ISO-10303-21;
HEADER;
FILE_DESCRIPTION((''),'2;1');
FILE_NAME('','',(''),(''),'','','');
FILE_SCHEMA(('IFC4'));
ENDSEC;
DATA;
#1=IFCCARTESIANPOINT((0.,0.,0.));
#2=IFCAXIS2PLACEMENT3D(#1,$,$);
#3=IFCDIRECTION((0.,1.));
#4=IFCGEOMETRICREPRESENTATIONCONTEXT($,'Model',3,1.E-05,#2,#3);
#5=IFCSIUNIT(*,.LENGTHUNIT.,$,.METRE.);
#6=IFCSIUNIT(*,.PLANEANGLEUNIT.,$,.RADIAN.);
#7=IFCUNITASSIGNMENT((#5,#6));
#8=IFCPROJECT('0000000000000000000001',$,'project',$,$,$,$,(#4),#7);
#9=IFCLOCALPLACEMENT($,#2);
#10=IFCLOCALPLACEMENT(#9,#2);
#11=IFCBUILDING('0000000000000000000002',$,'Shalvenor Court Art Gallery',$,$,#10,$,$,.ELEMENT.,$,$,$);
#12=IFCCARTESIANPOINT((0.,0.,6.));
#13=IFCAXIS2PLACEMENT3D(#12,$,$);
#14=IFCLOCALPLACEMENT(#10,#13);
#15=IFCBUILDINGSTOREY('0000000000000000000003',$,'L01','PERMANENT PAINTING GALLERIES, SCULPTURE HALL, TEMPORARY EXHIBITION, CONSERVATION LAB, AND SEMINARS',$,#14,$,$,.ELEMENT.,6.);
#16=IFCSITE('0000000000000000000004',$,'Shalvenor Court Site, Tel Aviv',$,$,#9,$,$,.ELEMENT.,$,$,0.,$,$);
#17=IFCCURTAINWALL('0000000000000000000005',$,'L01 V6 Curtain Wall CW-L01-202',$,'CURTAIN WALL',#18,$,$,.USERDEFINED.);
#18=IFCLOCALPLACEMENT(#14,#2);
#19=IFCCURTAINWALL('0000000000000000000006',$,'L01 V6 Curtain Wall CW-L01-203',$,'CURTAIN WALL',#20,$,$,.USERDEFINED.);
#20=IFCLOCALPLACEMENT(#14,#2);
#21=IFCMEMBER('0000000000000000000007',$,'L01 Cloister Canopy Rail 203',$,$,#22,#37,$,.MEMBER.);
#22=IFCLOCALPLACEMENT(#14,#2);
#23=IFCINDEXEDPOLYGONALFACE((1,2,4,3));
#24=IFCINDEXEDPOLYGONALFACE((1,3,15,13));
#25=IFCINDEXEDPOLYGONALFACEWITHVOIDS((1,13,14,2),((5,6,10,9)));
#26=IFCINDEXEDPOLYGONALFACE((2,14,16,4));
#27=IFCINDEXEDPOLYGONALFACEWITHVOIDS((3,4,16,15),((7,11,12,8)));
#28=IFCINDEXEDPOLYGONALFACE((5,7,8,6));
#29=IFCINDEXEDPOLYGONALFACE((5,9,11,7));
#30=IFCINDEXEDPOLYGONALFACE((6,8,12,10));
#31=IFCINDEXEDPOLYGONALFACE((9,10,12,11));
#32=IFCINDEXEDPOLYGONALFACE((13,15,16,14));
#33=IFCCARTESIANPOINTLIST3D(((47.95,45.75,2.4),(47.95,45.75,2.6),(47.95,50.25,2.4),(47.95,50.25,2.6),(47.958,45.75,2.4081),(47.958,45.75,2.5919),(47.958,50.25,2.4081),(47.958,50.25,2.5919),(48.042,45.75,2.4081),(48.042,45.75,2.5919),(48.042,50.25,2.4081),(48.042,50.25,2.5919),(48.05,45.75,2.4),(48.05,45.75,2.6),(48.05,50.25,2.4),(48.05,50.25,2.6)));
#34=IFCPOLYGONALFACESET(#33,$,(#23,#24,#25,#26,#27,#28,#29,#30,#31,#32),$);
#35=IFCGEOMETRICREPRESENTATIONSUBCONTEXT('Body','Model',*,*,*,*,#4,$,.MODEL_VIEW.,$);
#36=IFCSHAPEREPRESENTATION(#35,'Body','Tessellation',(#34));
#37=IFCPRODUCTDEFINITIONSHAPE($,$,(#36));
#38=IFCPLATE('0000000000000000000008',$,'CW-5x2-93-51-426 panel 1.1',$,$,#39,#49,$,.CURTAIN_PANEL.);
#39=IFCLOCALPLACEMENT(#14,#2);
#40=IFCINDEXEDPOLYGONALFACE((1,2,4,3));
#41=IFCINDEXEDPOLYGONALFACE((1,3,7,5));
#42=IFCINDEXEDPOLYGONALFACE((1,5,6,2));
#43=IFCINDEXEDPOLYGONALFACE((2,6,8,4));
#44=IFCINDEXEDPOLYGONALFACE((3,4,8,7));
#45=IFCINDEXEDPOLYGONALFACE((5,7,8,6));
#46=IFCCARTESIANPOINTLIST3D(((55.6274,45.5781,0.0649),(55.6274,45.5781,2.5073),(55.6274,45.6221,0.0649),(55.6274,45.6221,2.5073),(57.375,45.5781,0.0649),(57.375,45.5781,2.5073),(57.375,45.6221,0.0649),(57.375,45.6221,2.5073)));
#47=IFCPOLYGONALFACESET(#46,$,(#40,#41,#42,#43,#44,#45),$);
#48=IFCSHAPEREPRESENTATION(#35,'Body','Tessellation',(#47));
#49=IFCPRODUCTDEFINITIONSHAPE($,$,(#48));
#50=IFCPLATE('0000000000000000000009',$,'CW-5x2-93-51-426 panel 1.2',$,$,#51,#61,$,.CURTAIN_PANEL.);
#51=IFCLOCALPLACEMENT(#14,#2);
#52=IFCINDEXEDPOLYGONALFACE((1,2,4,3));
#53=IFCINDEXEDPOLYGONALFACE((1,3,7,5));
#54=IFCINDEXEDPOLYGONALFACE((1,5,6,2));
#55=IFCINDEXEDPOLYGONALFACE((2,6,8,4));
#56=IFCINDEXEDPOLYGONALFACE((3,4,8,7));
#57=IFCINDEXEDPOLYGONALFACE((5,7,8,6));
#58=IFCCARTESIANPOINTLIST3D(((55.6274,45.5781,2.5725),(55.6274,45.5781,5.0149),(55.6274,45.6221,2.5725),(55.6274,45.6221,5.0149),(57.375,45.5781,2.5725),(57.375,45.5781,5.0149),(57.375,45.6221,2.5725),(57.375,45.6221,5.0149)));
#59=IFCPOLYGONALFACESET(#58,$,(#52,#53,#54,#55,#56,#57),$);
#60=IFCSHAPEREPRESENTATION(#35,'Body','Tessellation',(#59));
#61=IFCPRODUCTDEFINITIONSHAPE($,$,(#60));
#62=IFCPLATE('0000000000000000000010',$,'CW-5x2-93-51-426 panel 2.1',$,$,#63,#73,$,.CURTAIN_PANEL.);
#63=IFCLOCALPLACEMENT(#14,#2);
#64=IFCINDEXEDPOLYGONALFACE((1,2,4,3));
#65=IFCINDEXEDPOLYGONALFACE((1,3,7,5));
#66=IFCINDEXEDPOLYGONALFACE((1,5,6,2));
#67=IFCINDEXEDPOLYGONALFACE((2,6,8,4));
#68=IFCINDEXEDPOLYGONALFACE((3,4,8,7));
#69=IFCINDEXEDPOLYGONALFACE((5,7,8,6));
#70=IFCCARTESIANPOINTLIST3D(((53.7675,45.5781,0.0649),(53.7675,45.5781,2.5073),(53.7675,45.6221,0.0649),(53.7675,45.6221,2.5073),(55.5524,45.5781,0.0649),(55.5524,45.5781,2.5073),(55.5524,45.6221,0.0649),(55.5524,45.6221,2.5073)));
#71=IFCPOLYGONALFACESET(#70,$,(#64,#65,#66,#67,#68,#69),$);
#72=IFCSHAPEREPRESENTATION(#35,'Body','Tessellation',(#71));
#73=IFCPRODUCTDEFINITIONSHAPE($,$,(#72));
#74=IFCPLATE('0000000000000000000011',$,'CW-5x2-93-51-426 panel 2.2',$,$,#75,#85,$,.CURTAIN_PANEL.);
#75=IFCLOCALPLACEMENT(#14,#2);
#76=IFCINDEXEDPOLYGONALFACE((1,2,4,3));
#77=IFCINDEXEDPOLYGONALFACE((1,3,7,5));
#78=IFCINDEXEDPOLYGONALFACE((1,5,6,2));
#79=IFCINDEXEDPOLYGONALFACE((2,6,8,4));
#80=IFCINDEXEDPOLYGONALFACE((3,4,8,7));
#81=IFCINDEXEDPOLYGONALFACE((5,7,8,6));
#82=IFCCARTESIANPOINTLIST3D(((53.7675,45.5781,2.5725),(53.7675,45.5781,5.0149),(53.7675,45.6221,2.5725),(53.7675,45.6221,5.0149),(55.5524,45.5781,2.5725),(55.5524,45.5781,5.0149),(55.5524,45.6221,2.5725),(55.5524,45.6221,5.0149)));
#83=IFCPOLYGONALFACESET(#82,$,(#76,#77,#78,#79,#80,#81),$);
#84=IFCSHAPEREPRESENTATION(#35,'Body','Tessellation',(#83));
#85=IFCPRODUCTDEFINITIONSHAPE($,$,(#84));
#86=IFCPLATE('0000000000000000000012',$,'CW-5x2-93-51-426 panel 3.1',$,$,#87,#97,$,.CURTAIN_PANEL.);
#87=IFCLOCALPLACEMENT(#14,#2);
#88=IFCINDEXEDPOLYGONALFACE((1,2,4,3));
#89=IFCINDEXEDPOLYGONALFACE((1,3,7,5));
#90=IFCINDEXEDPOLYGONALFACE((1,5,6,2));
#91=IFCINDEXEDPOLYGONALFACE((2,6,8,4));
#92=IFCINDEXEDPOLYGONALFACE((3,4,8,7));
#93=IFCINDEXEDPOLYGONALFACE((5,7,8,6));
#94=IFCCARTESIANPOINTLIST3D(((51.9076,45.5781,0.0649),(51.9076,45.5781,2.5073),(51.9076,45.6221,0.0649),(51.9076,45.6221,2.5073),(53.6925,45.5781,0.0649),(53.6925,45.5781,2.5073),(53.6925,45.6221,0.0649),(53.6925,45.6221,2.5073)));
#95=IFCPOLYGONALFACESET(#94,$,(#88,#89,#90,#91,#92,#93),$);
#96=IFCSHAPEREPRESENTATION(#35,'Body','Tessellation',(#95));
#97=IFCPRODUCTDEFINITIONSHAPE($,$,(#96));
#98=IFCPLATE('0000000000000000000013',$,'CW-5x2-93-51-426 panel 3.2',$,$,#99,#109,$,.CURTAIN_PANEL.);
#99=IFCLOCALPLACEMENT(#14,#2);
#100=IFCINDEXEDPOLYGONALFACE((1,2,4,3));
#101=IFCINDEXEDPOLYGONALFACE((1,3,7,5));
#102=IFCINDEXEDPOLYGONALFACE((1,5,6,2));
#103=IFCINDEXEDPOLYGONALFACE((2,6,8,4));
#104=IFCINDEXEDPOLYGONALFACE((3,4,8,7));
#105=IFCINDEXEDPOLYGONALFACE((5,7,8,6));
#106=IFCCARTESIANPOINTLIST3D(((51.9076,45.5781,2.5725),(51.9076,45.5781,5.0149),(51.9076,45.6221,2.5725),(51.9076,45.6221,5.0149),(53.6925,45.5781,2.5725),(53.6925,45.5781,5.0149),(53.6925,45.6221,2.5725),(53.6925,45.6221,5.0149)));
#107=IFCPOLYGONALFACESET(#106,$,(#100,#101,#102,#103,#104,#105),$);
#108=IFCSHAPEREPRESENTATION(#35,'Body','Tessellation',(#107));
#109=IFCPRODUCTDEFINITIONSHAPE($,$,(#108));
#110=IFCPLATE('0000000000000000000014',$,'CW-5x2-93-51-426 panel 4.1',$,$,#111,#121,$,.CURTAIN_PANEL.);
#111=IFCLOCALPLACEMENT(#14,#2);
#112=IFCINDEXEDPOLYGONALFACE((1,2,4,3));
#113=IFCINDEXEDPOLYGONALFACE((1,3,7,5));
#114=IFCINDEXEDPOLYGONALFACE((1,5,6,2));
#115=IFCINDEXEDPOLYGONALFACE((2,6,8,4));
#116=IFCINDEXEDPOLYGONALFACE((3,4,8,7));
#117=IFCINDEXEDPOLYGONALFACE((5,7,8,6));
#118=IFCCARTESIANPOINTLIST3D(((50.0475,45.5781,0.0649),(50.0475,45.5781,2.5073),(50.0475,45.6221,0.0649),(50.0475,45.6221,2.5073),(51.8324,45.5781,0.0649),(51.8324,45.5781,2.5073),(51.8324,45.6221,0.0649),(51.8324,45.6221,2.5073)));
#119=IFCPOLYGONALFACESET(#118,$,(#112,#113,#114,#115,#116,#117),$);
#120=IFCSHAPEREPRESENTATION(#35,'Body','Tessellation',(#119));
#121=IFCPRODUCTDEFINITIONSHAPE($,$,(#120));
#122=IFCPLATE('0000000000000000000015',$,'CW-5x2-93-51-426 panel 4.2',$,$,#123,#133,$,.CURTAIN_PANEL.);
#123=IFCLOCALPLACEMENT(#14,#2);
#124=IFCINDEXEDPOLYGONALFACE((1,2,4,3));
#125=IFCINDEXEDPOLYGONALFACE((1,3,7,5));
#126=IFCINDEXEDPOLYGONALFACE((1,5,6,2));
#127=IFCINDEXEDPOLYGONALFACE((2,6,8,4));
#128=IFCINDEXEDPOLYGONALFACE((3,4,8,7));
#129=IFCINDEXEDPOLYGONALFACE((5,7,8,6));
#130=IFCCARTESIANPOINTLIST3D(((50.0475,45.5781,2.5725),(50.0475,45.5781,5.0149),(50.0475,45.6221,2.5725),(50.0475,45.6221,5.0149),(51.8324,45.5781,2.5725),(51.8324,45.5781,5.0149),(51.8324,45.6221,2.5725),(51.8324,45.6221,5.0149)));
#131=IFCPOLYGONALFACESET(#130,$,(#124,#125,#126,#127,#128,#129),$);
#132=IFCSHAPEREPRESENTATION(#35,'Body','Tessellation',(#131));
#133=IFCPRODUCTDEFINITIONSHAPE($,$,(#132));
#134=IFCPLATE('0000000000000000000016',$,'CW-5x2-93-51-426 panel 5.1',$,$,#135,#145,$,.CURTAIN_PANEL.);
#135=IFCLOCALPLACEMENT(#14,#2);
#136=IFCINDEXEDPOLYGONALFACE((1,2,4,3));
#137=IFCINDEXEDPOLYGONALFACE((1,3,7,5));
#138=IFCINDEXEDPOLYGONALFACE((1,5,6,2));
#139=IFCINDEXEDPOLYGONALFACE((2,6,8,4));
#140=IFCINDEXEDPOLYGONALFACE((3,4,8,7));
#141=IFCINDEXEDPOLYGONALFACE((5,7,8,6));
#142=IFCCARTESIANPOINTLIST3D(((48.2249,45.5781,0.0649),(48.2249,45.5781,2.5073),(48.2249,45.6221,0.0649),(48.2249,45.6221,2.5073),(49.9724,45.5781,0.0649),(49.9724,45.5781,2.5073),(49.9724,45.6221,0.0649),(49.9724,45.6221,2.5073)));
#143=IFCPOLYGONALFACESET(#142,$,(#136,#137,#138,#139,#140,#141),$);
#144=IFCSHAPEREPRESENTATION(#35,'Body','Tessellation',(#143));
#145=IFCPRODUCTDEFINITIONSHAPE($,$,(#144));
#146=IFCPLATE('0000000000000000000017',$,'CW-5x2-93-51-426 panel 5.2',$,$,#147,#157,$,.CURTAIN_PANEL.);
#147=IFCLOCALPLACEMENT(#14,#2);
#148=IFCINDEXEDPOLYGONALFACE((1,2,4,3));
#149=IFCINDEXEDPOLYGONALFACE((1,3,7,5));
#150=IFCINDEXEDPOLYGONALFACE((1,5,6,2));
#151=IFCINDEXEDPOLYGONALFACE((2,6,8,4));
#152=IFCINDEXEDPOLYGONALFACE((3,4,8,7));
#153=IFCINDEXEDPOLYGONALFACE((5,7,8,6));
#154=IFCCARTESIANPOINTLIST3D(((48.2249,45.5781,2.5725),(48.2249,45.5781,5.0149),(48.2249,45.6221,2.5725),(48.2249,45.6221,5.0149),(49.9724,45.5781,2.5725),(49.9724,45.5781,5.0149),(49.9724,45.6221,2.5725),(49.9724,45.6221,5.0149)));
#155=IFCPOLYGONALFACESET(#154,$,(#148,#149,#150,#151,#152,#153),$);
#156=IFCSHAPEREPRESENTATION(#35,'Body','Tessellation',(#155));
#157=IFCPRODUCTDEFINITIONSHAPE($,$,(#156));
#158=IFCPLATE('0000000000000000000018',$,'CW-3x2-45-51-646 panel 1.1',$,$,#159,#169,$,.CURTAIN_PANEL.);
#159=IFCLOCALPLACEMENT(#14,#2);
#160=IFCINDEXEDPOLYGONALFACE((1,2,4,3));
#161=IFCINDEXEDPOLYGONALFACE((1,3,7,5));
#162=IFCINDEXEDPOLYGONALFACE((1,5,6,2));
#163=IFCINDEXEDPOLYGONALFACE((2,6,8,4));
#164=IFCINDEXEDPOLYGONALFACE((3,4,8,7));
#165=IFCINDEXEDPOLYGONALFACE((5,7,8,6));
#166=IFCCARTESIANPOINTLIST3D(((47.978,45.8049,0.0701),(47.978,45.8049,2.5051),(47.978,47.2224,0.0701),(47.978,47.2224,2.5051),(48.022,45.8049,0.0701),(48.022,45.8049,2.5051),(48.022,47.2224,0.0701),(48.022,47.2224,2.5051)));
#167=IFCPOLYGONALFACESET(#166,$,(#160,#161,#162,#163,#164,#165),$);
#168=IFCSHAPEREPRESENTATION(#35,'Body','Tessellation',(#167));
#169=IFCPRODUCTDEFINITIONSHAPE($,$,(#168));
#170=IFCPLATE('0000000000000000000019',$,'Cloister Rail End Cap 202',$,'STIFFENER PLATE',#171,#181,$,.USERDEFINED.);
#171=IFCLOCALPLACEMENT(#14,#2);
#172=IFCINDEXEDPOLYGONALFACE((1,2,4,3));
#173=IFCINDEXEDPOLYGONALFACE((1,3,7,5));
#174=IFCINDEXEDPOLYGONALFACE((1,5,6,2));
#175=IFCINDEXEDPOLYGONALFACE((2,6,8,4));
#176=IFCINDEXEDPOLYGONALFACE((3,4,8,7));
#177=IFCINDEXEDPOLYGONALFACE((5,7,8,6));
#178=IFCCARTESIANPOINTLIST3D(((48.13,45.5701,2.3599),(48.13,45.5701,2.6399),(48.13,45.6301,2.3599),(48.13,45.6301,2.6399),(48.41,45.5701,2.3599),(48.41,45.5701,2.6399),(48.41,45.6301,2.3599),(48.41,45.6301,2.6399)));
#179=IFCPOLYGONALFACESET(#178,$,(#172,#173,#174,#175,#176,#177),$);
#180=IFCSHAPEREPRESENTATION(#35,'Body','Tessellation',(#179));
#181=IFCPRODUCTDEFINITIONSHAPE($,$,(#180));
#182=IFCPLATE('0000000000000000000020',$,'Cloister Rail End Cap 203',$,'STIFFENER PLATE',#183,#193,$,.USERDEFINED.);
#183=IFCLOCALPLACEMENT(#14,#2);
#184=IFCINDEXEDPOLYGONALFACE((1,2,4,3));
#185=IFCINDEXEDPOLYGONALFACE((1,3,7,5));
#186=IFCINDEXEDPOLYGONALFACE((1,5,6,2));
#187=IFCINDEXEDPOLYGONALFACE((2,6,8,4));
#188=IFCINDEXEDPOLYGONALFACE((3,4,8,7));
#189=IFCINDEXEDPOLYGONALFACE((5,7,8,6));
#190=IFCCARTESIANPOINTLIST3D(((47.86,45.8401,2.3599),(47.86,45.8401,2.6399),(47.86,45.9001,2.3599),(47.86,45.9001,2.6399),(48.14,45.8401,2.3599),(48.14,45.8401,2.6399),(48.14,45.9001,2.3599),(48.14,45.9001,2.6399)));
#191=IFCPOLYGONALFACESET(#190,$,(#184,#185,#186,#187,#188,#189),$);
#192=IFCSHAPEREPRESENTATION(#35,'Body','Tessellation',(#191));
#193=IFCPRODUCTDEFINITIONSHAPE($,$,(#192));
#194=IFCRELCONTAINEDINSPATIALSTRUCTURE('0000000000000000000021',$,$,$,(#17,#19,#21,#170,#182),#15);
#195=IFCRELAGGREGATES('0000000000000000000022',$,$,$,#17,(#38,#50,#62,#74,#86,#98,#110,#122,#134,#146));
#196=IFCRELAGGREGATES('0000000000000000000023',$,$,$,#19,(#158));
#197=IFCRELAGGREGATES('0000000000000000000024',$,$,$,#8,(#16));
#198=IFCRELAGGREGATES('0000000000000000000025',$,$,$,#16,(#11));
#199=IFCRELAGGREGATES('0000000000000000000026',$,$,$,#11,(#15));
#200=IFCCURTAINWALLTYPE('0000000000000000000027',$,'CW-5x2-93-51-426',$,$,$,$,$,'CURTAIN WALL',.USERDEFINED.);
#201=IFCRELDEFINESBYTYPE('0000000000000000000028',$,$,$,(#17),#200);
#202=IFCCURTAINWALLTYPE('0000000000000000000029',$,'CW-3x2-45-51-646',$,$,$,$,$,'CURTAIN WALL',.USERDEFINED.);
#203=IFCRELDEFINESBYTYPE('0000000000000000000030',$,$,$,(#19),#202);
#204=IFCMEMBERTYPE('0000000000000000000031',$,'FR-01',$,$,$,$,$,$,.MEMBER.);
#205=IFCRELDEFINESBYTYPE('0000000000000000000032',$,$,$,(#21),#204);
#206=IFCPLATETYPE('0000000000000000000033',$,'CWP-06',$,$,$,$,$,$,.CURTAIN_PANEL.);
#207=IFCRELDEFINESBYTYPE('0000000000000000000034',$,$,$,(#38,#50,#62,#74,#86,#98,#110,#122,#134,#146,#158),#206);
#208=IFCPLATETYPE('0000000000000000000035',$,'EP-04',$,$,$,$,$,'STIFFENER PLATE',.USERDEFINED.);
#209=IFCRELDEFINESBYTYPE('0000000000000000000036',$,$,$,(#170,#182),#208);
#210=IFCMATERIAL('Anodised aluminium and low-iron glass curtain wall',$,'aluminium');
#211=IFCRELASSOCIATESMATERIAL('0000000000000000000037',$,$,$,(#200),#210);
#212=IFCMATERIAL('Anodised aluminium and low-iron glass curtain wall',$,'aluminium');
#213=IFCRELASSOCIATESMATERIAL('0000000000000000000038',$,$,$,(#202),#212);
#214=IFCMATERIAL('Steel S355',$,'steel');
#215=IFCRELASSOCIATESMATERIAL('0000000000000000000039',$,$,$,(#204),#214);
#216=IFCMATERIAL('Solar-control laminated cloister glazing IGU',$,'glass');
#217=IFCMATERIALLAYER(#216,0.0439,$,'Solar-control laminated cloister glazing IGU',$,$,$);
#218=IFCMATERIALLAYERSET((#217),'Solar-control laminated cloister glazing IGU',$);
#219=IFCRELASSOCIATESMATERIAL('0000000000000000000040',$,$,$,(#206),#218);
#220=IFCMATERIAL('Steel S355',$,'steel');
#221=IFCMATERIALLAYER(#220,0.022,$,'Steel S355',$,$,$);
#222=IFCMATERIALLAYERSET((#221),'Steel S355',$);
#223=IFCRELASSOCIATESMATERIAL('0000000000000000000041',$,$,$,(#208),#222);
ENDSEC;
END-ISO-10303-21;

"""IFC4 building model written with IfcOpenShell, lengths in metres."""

from ifc_helpers import new_model, si_unit, direction, frame, origin, origin_2d, place, context, subcontext, project, spatial, rectangle, hollow_rectangle, extrude, material, layer, layer_set, material_profile, profile_set, type_object, element, aggregate, save


model = new_model("IFC4")

# Units and contexts
model_context = context("Model", 3, precision=1e-05, world=origin(), true_north=direction((0.0, 1.0)))
body_context = subcontext(model_context, "Body", "Model", "MODEL_VIEW")
ifc_project = project(units=[si_unit("LENGTHUNIT", "METRE"), si_unit("PLANEANGLEUNIT", "RADIAN")], contexts=[model_context])

# Site, building, storey
site_placement = place(None, origin())
site = spatial("IfcSite", under=ifc_project, at=site_placement, Name="Shalvenor Court Site, Tel Aviv", CompositionType="ELEMENT", RefElevation=0.0)
building_placement = place(site_placement, origin())
building = spatial("IfcBuilding", under=site, at=building_placement, Name="Shalvenor Court Art Gallery", CompositionType="ELEMENT")
storey_placement = place(building_placement, frame((0.0, 0.0, 6.0)))
storey = spatial("IfcBuildingStorey", under=building, at=storey_placement, Name="L01", Description="PERMANENT PAINTING GALLERIES, SCULPTURE HALL, TEMPORARY EXHIBITION, CONSERVATION LAB, AND SEMINARS", CompositionType="ELEMENT", Elevation=6.0)

# Curtain walls
ifc_material_1 = material(Name="Anodised aluminium and low-iron glass curtain wall", Category="aluminium")
curtain_wall_type_1 = type_object("IfcCurtainWallType", Name="CW-5x2-93-51-426", ElementType="CURTAIN WALL", PredefinedType="USERDEFINED", material=ifc_material_1)
curtain_wall_1_placement = place(storey_placement, origin())
curtain_wall_1 = element("IfcCurtainWall", 1, at=curtain_wall_1_placement, inside=storey, type_object=curtain_wall_type_1, Name="L01 V6 Curtain Wall CW-L01-202", ObjectType="CURTAIN WALL", PredefinedType="USERDEFINED")
ifc_material_2 = material(Name="Anodised aluminium and low-iron glass curtain wall", Category="aluminium")
curtain_wall_type_2 = type_object("IfcCurtainWallType", Name="CW-3x2-45-51-646", ElementType="CURTAIN WALL", PredefinedType="USERDEFINED", material=ifc_material_2)
curtain_wall_2_placement = place(storey_placement, origin())
curtain_wall_2 = element("IfcCurtainWall", 2, at=curtain_wall_2_placement, inside=storey, type_object=curtain_wall_type_2, Name="L01 V6 Curtain Wall CW-L01-203", ObjectType="CURTAIN WALL", PredefinedType="USERDEFINED")

# Member
ifc_material_3 = material(Name="Steel S355", Category="steel")
ifc_material_profile_1 = material_profile(ifc_material_3, hollow_rectangle(XDim=0.1001, YDim=0.2, WallThickness=0.0081, at=origin_2d()), Name="RHS 200x100x8.0")
ifc_profile_set_1 = profile_set([ifc_material_profile_1], Name="Steel S355")
member_type_1 = type_object("IfcMemberType", Name="FR-01", PredefinedType="MEMBER", material=ifc_profile_set_1)
member_1_placement = place(storey_placement, frame((48.0, 45.75, 2.5), z_axis=(0.0, 1.0, 0.0), x_axis=(-1.0, 0.0, 0.0)))
element("IfcMember", 3, at=member_1_placement, inside=storey, type_object=member_type_1, Name="L01 Cloister Canopy Rail 203", PredefinedType="MEMBER", context=body_context, shape_type="SweptSolid", body=[
    extrude(hollow_rectangle(XDim=0.1001, YDim=0.2, WallThickness=0.0081, at=origin_2d()), origin(), (0.0, 0.0, 1.0), 4.5),
])

# Plates
ifc_material_4 = material(Name="Solar-control laminated cloister glazing IGU", Category="glass")
ifc_layer_1 = layer(ifc_material_4, 0.0439, Name="Solar-control laminated cloister glazing IGU")
ifc_layer_set_1 = layer_set([ifc_layer_1], Name="Solar-control laminated cloister glazing IGU")
plate_type_1 = type_object("IfcPlateType", Name="CWP-06", PredefinedType="CURTAIN_PANEL", material=ifc_layer_set_1)
plate_1_placement = place(storey_placement, frame((56.5012, 45.6001, 0.0649), z_axis=(0.0, 0.0, 1.0), x_axis=(-1.0, 0.0, 0.0)))
plate_1 = element("IfcPlate", 4, at=plate_1_placement, type_object=plate_type_1, Name="CW-5x2-93-51-426 panel 1.1", PredefinedType="CURTAIN_PANEL", context=body_context, shape_type="SweptSolid", body=[
    extrude(rectangle(XDim=1.7476, YDim=0.0439, at=origin_2d()), origin(), (0.0, 0.0, 1.0), 2.4424),
])
plate_2_placement = place(storey_placement, frame((56.5012, 45.6001, 2.5725), z_axis=(0.0, 0.0, 1.0), x_axis=(-1.0, 0.0, 0.0)))
plate_2 = element("IfcPlate", 5, at=plate_2_placement, type_object=plate_type_1, Name="CW-5x2-93-51-426 panel 1.2", PredefinedType="CURTAIN_PANEL", context=body_context, shape_type="SweptSolid", body=[
    extrude(rectangle(XDim=1.7476, YDim=0.0439, at=origin_2d()), origin(), (0.0, 0.0, 1.0), 2.4424),
])
plate_3_placement = place(storey_placement, frame((54.6599, 45.6001, 0.0649), z_axis=(0.0, 0.0, 1.0), x_axis=(-1.0, 0.0, 0.0)))
plate_3 = element("IfcPlate", 6, at=plate_3_placement, type_object=plate_type_1, Name="CW-5x2-93-51-426 panel 2.1", PredefinedType="CURTAIN_PANEL", context=body_context, shape_type="SweptSolid", body=[
    extrude(rectangle(XDim=1.7849, YDim=0.0439, at=origin_2d()), origin(), (0.0, 0.0, 1.0), 2.4424),
])
plate_4_placement = place(storey_placement, frame((54.6599, 45.6001, 2.5725), z_axis=(0.0, 0.0, 1.0), x_axis=(-1.0, 0.0, 0.0)))
plate_4 = element("IfcPlate", 7, at=plate_4_placement, type_object=plate_type_1, Name="CW-5x2-93-51-426 panel 2.2", PredefinedType="CURTAIN_PANEL", context=body_context, shape_type="SweptSolid", body=[
    extrude(rectangle(XDim=1.7849, YDim=0.0439, at=origin_2d()), origin(), (0.0, 0.0, 1.0), 2.4424),
])
plate_5_placement = place(storey_placement, frame((52.8, 45.6001, 0.0649), z_axis=(0.0, 0.0, 1.0), x_axis=(-1.0, 0.0, 0.0)))
plate_5 = element("IfcPlate", 8, at=plate_5_placement, type_object=plate_type_1, Name="CW-5x2-93-51-426 panel 3.1", PredefinedType="CURTAIN_PANEL", context=body_context, shape_type="SweptSolid", body=[
    extrude(rectangle(XDim=1.7849, YDim=0.0439, at=origin_2d()), origin(), (0.0, 0.0, 1.0), 2.4424),
])
plate_6_placement = place(storey_placement, frame((52.8, 45.6001, 2.5725), z_axis=(0.0, 0.0, 1.0), x_axis=(-1.0, 0.0, 0.0)))
plate_6 = element("IfcPlate", 9, at=plate_6_placement, type_object=plate_type_1, Name="CW-5x2-93-51-426 panel 3.2", PredefinedType="CURTAIN_PANEL", context=body_context, shape_type="SweptSolid", body=[
    extrude(rectangle(XDim=1.7849, YDim=0.0439, at=origin_2d()), origin(), (0.0, 0.0, 1.0), 2.4424),
])
plate_7_placement = place(storey_placement, frame((50.9399, 45.6001, 0.0649), z_axis=(0.0, 0.0, 1.0), x_axis=(-1.0, 0.0, 0.0)))
plate_7 = element("IfcPlate", 10, at=plate_7_placement, type_object=plate_type_1, Name="CW-5x2-93-51-426 panel 4.1", PredefinedType="CURTAIN_PANEL", context=body_context, shape_type="SweptSolid", body=[
    extrude(rectangle(XDim=1.7849, YDim=0.0439, at=origin_2d()), origin(), (0.0, 0.0, 1.0), 2.4424),
])
plate_8_placement = place(storey_placement, frame((50.9399, 45.6001, 2.5725), z_axis=(0.0, 0.0, 1.0), x_axis=(-1.0, 0.0, 0.0)))
plate_8 = element("IfcPlate", 11, at=plate_8_placement, type_object=plate_type_1, Name="CW-5x2-93-51-426 panel 4.2", PredefinedType="CURTAIN_PANEL", context=body_context, shape_type="SweptSolid", body=[
    extrude(rectangle(XDim=1.7849, YDim=0.0439, at=origin_2d()), origin(), (0.0, 0.0, 1.0), 2.4424),
])
plate_9_placement = place(storey_placement, frame((49.0986, 45.6001, 0.0649), z_axis=(0.0, 0.0, 1.0), x_axis=(-1.0, 0.0, 0.0)))
plate_9 = element("IfcPlate", 12, at=plate_9_placement, type_object=plate_type_1, Name="CW-5x2-93-51-426 panel 5.1", PredefinedType="CURTAIN_PANEL", context=body_context, shape_type="SweptSolid", body=[
    extrude(rectangle(XDim=1.7476, YDim=0.0439, at=origin_2d()), origin(), (0.0, 0.0, 1.0), 2.4424),
])
plate_10_placement = place(storey_placement, frame((49.0986, 45.6001, 2.5725), z_axis=(0.0, 0.0, 1.0), x_axis=(-1.0, 0.0, 0.0)))
plate_10 = element("IfcPlate", 13, at=plate_10_placement, type_object=plate_type_1, Name="CW-5x2-93-51-426 panel 5.2", PredefinedType="CURTAIN_PANEL", context=body_context, shape_type="SweptSolid", body=[
    extrude(rectangle(XDim=1.7476, YDim=0.0439, at=origin_2d()), origin(), (0.0, 0.0, 1.0), 2.4424),
])
aggregate(curtain_wall_1, [plate_1, plate_2, plate_3, plate_4, plate_5, plate_6, plate_7, plate_8, plate_9, plate_10])
plate_11_placement = place(storey_placement, frame((48.0, 46.5137, 0.0701), z_axis=(0.0, 0.0, 1.0), x_axis=(0.0, 1.0, 0.0)))
plate_11 = element("IfcPlate", 14, at=plate_11_placement, type_object=plate_type_1, Name="CW-3x2-45-51-646 panel 1.1", PredefinedType="CURTAIN_PANEL", context=body_context, shape_type="SweptSolid", body=[
    extrude(rectangle(XDim=1.4175, YDim=0.0439, at=origin_2d()), origin(), (0.0, 0.0, 1.0), 2.4351),
])
aggregate(curtain_wall_2, [plate_11])

# Plates
ifc_material_5 = material(Name="Steel S355", Category="steel")
ifc_layer_2 = layer(ifc_material_5, 0.022, Name="Steel S355")
ifc_layer_set_2 = layer_set([ifc_layer_2], Name="Steel S355")
plate_type_2 = type_object("IfcPlateType", Name="EP-04", ElementType="STIFFENER PLATE", PredefinedType="USERDEFINED", material=ifc_layer_set_2)
for number, where, z_axis, x_axis, name in (
    (15, (48.27, 45.6001, 2.3599), (0.0, 0.0, 1.0), (1.0, 0.0, 0.0), "Cloister Rail End Cap 202"),
    (16, (48.0, 45.8701, 2.3599), (0.0, 0.0, 1.0), (1.0, 0.0, 0.0), "Cloister Rail End Cap 203"),
):
    element("IfcPlate", number, at=place(storey_placement, frame(where, z_axis=z_axis, x_axis=x_axis)), inside=storey, type_object=plate_type_2, Name=name, ObjectType="STIFFENER PLATE", PredefinedType="USERDEFINED", context=body_context, shape_type="SweptSolid", body=[
        extrude(rectangle(XDim=0.28, YDim=0.0601, at=origin_2d()), origin(), (0.0, 0.0, 1.0), 0.28),
    ])

save(model, "model.ifc")
